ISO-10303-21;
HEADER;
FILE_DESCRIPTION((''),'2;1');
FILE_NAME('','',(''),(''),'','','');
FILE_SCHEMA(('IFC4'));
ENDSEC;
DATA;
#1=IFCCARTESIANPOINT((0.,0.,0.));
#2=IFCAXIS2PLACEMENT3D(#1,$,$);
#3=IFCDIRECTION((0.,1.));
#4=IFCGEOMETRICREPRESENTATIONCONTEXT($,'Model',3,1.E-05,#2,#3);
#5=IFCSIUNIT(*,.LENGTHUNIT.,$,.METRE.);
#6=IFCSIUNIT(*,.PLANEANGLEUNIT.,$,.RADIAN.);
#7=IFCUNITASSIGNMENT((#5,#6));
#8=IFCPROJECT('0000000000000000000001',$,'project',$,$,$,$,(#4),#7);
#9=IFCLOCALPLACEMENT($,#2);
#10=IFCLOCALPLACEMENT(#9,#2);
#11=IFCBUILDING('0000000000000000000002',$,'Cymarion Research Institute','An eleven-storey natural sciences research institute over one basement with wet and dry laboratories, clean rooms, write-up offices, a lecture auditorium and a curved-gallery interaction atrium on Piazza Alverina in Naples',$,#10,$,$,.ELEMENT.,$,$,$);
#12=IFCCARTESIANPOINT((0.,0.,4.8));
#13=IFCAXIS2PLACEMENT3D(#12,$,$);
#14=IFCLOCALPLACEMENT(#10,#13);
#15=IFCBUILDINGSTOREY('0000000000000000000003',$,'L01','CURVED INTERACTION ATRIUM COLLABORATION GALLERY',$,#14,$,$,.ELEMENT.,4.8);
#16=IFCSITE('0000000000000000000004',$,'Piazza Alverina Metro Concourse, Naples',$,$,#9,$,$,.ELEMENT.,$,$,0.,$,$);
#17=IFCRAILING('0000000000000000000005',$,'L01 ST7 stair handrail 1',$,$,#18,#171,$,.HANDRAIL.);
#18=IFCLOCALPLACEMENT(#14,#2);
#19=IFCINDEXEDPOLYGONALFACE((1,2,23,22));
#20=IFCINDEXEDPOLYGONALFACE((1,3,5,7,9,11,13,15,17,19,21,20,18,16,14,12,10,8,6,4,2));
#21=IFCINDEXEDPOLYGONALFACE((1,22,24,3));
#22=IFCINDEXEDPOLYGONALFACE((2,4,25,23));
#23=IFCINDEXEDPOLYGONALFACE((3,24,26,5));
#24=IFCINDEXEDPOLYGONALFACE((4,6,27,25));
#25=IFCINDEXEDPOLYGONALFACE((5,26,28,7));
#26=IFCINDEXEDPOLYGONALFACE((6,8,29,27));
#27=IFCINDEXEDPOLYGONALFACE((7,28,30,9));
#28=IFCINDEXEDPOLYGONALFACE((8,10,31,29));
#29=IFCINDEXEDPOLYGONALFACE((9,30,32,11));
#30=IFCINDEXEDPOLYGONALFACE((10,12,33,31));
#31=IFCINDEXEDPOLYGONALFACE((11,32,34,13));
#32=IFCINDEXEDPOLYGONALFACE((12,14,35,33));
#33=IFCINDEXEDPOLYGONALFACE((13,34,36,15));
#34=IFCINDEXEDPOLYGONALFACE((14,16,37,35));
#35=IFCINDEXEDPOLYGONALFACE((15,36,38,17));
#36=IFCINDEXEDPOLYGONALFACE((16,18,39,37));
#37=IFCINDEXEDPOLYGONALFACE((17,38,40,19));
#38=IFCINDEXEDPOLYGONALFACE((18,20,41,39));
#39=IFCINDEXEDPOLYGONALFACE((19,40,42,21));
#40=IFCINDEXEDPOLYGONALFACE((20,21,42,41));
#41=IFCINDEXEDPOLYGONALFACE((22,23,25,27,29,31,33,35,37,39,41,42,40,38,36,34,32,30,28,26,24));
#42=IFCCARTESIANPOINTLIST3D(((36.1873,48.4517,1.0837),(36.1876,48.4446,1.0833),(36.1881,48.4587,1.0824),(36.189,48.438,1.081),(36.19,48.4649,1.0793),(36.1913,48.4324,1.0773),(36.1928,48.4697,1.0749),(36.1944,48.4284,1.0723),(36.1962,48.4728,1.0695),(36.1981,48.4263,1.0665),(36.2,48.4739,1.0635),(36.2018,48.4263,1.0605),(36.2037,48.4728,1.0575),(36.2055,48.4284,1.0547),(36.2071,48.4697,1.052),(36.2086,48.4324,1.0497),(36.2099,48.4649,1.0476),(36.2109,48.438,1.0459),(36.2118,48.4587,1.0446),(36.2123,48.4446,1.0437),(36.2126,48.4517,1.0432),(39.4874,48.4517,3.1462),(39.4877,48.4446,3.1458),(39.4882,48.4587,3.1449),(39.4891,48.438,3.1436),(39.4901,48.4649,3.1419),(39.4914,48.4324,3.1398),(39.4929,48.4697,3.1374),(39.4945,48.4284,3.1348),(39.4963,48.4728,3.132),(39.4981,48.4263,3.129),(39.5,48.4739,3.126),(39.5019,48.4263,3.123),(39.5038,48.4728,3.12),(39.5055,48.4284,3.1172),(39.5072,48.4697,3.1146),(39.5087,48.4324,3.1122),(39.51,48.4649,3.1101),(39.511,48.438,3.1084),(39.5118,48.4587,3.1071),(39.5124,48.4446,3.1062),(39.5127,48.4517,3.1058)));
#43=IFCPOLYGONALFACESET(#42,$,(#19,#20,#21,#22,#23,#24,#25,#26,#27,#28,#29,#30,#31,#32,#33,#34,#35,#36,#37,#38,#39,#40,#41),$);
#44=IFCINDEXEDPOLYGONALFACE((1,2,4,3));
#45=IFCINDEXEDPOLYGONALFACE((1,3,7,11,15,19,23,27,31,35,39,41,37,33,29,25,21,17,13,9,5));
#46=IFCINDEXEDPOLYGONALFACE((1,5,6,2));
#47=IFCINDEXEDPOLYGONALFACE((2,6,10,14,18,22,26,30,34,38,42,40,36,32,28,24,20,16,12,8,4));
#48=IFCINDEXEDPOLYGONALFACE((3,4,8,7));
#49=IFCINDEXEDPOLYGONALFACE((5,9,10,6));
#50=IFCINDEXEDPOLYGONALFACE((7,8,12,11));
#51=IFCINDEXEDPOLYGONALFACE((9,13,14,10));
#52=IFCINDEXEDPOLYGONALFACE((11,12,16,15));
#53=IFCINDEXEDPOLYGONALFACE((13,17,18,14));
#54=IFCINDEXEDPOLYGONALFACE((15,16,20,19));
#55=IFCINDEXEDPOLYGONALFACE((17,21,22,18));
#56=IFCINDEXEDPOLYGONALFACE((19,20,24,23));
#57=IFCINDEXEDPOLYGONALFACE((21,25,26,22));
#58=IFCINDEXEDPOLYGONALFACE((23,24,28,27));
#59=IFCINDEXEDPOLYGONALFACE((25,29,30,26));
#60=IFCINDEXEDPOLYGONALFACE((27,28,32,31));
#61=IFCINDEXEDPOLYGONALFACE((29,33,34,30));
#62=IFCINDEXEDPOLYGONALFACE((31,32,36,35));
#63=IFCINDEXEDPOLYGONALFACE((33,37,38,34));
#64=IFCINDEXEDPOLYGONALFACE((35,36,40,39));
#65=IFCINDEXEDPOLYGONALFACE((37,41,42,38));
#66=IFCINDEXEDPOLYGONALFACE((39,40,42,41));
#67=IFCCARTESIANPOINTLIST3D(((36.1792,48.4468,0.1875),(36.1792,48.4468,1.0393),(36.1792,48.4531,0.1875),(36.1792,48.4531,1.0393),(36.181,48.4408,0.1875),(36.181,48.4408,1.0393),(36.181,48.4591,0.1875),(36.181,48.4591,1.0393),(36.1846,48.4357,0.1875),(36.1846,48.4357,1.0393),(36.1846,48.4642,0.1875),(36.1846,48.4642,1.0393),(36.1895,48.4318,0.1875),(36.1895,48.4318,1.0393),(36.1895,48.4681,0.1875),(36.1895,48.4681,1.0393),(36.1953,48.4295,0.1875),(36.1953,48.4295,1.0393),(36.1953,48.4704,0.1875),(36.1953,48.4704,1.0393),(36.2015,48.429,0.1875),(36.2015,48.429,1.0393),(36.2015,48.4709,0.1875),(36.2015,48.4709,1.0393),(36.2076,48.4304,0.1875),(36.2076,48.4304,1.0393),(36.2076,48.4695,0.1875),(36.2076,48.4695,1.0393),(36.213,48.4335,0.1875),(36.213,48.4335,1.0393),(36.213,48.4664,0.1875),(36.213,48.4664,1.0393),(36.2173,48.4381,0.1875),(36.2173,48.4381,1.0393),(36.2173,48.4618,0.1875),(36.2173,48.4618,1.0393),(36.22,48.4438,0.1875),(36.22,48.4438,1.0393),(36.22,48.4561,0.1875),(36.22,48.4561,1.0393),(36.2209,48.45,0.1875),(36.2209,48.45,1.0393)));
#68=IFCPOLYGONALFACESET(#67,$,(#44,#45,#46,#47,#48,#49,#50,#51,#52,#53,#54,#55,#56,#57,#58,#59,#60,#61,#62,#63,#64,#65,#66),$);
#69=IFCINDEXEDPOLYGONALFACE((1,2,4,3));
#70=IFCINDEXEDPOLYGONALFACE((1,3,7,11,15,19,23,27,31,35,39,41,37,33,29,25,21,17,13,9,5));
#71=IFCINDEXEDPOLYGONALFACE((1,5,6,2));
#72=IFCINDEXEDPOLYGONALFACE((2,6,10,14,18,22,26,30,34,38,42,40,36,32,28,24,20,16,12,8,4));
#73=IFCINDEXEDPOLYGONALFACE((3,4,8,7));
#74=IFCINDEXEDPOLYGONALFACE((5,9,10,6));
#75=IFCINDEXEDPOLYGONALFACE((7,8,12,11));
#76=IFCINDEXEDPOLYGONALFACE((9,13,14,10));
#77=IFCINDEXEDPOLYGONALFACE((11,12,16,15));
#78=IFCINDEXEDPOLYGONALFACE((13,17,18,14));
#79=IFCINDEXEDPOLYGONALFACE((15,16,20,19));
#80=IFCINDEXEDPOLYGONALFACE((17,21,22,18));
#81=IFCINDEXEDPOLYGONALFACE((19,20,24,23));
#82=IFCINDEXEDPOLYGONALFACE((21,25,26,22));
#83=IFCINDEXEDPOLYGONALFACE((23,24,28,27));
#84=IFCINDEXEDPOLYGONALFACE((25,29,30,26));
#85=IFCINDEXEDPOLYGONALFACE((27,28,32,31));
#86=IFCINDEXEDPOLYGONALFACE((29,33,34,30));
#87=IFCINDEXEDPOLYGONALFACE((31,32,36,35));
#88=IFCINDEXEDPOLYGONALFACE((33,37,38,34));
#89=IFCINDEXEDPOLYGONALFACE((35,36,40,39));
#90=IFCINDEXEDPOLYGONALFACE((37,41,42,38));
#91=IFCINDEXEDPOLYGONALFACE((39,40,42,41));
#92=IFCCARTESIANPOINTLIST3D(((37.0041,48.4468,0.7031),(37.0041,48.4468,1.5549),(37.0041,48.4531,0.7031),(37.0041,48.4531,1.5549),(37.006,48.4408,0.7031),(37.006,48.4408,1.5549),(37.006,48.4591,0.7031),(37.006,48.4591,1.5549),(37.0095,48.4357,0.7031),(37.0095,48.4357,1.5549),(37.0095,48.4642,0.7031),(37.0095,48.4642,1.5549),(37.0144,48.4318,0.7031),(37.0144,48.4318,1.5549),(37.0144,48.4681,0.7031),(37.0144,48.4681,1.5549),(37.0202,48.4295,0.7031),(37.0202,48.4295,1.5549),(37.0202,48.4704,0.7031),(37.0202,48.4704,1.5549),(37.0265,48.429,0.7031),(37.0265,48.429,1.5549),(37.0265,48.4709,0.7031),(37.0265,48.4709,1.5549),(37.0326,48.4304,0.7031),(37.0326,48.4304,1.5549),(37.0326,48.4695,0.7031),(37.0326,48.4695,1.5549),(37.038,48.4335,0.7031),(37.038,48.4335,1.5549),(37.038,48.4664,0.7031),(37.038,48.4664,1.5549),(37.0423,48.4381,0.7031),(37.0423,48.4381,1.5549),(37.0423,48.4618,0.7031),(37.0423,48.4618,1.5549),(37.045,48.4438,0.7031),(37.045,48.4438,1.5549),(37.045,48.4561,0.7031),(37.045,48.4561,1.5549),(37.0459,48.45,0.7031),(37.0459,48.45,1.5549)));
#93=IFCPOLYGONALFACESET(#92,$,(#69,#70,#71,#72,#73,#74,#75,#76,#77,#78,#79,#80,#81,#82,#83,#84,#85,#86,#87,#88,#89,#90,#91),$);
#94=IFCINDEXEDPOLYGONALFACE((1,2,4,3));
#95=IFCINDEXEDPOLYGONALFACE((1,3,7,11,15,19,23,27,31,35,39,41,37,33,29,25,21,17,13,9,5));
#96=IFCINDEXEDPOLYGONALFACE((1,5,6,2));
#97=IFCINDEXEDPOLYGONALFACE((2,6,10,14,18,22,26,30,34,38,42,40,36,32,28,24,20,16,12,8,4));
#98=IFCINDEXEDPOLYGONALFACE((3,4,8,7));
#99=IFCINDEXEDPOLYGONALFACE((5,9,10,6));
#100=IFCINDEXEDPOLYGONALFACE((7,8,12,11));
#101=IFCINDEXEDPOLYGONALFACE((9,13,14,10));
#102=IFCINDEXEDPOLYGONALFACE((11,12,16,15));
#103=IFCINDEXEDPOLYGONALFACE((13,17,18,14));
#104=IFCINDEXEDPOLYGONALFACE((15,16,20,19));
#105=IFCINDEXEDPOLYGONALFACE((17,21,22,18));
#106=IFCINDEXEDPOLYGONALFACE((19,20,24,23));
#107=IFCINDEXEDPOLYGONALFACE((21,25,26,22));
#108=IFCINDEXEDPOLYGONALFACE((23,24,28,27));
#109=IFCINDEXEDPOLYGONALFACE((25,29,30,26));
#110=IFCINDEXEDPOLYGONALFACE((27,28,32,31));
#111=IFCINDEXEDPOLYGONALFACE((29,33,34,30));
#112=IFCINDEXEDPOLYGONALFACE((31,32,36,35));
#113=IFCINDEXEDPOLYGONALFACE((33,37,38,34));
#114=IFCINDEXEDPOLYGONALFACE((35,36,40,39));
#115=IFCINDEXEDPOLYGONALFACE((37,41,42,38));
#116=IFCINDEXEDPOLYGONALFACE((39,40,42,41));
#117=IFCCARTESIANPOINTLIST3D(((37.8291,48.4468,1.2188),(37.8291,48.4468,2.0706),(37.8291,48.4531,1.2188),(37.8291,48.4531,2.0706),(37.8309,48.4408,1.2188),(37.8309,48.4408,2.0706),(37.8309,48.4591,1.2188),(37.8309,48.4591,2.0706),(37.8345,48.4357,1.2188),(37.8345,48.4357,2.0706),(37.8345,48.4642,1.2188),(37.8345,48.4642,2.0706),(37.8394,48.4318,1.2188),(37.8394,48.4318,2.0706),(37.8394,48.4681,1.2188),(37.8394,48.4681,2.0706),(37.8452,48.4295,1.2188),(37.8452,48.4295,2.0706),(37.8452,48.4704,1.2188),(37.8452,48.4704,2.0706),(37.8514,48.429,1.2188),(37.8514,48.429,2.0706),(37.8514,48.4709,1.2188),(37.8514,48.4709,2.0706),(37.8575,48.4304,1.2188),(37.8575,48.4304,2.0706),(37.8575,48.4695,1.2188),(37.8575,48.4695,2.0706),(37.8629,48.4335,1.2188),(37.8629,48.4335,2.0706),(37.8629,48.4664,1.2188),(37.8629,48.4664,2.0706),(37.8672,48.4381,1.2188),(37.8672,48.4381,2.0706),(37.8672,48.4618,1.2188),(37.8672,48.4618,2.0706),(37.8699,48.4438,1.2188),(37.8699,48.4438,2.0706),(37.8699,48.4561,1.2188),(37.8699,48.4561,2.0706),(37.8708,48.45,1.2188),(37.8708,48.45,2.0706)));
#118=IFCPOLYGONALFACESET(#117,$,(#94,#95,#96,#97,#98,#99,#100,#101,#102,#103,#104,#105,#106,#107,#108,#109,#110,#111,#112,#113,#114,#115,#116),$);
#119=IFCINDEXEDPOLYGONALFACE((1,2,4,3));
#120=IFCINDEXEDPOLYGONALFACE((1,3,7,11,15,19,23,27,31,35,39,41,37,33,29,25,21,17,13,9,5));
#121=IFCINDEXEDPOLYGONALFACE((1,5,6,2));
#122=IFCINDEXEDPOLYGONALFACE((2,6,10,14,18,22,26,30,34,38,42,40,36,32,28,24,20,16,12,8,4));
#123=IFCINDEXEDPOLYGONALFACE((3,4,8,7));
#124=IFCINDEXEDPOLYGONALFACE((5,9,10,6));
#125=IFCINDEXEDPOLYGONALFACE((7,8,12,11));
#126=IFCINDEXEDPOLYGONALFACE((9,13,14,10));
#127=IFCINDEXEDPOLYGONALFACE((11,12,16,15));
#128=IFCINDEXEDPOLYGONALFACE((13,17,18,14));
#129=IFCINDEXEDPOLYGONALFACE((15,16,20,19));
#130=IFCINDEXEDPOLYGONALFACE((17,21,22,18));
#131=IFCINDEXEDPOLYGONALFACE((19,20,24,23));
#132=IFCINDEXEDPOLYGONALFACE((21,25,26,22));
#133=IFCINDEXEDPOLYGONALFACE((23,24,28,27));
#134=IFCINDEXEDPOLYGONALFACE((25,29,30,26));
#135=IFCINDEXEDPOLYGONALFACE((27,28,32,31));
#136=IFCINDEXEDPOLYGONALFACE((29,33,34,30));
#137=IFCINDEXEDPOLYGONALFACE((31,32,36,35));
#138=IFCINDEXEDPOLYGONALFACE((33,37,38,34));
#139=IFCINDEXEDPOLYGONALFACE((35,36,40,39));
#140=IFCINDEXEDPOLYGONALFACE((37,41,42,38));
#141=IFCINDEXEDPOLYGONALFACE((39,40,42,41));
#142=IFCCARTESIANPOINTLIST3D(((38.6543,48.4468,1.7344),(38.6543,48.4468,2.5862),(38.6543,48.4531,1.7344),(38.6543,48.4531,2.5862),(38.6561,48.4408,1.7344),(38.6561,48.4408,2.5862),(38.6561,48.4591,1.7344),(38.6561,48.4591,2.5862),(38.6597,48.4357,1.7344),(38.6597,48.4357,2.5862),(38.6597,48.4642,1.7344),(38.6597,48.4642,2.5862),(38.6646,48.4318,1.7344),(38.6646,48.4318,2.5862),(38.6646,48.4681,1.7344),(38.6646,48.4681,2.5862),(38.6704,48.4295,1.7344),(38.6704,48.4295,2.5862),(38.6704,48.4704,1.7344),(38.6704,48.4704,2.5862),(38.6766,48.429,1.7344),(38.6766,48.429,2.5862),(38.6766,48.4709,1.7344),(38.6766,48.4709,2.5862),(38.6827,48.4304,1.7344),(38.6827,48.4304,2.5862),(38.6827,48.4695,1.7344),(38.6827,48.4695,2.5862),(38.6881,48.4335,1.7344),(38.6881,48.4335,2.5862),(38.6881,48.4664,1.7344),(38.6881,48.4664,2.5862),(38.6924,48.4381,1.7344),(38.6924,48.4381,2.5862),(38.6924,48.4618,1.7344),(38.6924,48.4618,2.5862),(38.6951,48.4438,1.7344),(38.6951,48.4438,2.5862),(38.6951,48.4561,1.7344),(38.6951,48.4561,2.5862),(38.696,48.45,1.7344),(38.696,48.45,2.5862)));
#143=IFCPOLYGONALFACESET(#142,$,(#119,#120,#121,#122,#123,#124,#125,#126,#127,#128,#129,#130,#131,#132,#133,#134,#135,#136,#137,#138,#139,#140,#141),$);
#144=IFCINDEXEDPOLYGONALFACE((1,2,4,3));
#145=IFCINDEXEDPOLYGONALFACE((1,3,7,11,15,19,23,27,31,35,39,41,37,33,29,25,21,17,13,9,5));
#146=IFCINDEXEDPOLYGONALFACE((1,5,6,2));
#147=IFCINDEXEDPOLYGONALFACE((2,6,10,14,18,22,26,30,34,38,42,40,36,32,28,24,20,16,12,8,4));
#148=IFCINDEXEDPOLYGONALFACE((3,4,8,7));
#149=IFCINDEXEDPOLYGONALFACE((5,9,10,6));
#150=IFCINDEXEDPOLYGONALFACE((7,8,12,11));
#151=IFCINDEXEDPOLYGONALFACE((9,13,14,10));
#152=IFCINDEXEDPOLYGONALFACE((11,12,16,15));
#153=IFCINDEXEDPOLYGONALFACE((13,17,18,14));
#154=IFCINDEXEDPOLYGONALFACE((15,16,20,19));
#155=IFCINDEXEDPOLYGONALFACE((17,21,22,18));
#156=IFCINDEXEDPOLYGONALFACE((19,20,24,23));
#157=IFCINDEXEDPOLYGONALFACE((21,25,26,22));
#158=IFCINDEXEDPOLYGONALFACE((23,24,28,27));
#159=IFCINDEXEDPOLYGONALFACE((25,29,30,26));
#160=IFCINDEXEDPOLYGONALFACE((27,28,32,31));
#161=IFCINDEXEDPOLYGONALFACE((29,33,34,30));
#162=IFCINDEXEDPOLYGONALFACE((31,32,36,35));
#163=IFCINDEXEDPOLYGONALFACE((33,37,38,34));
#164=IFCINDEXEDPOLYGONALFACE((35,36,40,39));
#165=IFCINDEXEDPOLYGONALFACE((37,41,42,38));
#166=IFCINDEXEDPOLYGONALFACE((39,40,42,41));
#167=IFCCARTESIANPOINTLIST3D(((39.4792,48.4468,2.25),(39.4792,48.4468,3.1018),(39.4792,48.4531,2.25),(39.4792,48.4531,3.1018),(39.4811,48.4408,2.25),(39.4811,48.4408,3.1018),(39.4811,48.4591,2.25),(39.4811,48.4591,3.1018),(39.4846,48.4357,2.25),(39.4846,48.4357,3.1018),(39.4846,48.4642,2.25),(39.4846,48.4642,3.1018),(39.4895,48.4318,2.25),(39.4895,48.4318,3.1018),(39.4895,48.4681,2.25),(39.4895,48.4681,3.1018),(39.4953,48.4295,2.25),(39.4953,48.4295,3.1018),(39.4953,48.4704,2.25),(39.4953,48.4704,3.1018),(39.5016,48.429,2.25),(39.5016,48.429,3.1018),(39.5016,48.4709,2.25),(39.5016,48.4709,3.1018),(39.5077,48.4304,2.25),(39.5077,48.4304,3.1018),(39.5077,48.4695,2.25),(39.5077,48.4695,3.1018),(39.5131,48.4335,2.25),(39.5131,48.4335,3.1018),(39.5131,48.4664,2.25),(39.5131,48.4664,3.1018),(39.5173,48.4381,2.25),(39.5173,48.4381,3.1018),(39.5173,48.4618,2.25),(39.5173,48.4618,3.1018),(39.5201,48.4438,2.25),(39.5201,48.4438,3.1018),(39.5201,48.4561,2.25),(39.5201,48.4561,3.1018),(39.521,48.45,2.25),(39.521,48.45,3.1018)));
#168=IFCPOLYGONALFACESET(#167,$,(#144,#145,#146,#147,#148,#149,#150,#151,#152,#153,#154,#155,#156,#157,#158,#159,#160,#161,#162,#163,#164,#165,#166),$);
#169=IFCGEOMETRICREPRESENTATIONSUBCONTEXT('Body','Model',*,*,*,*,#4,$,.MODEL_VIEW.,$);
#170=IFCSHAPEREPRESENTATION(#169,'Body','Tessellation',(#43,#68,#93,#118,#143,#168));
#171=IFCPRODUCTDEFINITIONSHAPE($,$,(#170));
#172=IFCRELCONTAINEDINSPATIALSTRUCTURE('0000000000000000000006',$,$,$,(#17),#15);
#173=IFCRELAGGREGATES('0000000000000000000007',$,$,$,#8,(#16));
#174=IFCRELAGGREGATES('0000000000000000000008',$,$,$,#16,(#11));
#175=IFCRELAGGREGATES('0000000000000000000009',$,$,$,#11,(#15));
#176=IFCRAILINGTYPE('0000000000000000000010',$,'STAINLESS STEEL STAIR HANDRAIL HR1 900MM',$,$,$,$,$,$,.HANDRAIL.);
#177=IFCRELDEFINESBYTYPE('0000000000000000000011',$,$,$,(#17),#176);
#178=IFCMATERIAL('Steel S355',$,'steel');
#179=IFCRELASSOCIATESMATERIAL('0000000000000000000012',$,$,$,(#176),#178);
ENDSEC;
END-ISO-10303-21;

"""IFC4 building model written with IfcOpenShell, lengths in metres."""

from ifc_helpers import new_model, si_unit, direction, frame, origin, origin_2d, place, context, subcontext, project, spatial, circle, extrude, material, type_object, element, save


model = new_model("IFC4")

# Units and contexts
model_context = context("Model", 3, precision=1e-05, world=origin(), true_north=direction((0.0, 1.0)))
body_context = subcontext(model_context, "Body", "Model", "MODEL_VIEW")
ifc_project = project(units=[si_unit("LENGTHUNIT", "METRE"), si_unit("PLANEANGLEUNIT", "RADIAN")], contexts=[model_context])

# Site, building, storey
site_placement = place(None, origin())
site = spatial("IfcSite", under=ifc_project, at=site_placement, Name="Piazza Alverina Metro Concourse, Naples", CompositionType="ELEMENT", RefElevation=0.0)
building_placement = place(site_placement, origin())
building = spatial("IfcBuilding", under=site, at=building_placement, Name="Cymarion Research Institute", Description="An eleven-storey natural sciences research institute over one basement with wet and dry laboratories, clean rooms, write-up offices, a lecture auditorium and a curved-gallery interaction atrium on Piazza Alverina in Naples", CompositionType="ELEMENT")
storey_placement = place(building_placement, frame((0.0, 0.0, 4.8)))
storey = spatial("IfcBuildingStorey", under=building, at=storey_placement, Name="L01", Description="CURVED INTERACTION ATRIUM COLLABORATION GALLERY", CompositionType="ELEMENT", Elevation=4.8)

# Railing
ifc_material_1 = material(Name="Steel S355", Category="steel")
railing_type_1 = type_object("IfcRailingType", Name="STAINLESS STEEL STAIR HANDRAIL HR1 900MM", PredefinedType="HANDRAIL", material=ifc_material_1)
railing_1_placement = place(storey_placement, frame((36.2, 48.45, 0.1875)))
element("IfcRailing", 1, at=railing_1_placement, inside=storey, type_object=railing_type_1, Name="L01 ST7 stair handrail 1", PredefinedType="HANDRAIL", context=body_context, shape_type="SweptSolid", body=[
    extrude(circle(Radius=0.0239, at=origin_2d()), frame((0.0, 0.0, 0.876), z_axis=(0.848002, 0.0, 0.529993), x_axis=(0.0, 1.0, 0.0)), (0.0, 0.0, 1.0), 3.8916),
    extrude(circle(Radius=0.021, at=origin_2d()), origin(), (0.0, 0.0, 1.0), 0.8518),
    extrude(circle(Radius=0.021, at=origin_2d()), frame((0.825, 0.0, 0.5156)), (0.0, 0.0, 1.0), 0.8518),
    extrude(circle(Radius=0.021, at=origin_2d()), frame((1.6499, 0.0, 1.0312)), (0.0, 0.0, 1.0), 0.8518),
    extrude(circle(Radius=0.021, at=origin_2d()), frame((2.4751, 0.0, 1.5469)), (0.0, 0.0, 1.0), 0.8518),
    extrude(circle(Radius=0.021, at=origin_2d()), frame((3.3, 0.0, 2.0625)), (0.0, 0.0, 1.0), 0.8518),
])

save(model, "model.ifc")
